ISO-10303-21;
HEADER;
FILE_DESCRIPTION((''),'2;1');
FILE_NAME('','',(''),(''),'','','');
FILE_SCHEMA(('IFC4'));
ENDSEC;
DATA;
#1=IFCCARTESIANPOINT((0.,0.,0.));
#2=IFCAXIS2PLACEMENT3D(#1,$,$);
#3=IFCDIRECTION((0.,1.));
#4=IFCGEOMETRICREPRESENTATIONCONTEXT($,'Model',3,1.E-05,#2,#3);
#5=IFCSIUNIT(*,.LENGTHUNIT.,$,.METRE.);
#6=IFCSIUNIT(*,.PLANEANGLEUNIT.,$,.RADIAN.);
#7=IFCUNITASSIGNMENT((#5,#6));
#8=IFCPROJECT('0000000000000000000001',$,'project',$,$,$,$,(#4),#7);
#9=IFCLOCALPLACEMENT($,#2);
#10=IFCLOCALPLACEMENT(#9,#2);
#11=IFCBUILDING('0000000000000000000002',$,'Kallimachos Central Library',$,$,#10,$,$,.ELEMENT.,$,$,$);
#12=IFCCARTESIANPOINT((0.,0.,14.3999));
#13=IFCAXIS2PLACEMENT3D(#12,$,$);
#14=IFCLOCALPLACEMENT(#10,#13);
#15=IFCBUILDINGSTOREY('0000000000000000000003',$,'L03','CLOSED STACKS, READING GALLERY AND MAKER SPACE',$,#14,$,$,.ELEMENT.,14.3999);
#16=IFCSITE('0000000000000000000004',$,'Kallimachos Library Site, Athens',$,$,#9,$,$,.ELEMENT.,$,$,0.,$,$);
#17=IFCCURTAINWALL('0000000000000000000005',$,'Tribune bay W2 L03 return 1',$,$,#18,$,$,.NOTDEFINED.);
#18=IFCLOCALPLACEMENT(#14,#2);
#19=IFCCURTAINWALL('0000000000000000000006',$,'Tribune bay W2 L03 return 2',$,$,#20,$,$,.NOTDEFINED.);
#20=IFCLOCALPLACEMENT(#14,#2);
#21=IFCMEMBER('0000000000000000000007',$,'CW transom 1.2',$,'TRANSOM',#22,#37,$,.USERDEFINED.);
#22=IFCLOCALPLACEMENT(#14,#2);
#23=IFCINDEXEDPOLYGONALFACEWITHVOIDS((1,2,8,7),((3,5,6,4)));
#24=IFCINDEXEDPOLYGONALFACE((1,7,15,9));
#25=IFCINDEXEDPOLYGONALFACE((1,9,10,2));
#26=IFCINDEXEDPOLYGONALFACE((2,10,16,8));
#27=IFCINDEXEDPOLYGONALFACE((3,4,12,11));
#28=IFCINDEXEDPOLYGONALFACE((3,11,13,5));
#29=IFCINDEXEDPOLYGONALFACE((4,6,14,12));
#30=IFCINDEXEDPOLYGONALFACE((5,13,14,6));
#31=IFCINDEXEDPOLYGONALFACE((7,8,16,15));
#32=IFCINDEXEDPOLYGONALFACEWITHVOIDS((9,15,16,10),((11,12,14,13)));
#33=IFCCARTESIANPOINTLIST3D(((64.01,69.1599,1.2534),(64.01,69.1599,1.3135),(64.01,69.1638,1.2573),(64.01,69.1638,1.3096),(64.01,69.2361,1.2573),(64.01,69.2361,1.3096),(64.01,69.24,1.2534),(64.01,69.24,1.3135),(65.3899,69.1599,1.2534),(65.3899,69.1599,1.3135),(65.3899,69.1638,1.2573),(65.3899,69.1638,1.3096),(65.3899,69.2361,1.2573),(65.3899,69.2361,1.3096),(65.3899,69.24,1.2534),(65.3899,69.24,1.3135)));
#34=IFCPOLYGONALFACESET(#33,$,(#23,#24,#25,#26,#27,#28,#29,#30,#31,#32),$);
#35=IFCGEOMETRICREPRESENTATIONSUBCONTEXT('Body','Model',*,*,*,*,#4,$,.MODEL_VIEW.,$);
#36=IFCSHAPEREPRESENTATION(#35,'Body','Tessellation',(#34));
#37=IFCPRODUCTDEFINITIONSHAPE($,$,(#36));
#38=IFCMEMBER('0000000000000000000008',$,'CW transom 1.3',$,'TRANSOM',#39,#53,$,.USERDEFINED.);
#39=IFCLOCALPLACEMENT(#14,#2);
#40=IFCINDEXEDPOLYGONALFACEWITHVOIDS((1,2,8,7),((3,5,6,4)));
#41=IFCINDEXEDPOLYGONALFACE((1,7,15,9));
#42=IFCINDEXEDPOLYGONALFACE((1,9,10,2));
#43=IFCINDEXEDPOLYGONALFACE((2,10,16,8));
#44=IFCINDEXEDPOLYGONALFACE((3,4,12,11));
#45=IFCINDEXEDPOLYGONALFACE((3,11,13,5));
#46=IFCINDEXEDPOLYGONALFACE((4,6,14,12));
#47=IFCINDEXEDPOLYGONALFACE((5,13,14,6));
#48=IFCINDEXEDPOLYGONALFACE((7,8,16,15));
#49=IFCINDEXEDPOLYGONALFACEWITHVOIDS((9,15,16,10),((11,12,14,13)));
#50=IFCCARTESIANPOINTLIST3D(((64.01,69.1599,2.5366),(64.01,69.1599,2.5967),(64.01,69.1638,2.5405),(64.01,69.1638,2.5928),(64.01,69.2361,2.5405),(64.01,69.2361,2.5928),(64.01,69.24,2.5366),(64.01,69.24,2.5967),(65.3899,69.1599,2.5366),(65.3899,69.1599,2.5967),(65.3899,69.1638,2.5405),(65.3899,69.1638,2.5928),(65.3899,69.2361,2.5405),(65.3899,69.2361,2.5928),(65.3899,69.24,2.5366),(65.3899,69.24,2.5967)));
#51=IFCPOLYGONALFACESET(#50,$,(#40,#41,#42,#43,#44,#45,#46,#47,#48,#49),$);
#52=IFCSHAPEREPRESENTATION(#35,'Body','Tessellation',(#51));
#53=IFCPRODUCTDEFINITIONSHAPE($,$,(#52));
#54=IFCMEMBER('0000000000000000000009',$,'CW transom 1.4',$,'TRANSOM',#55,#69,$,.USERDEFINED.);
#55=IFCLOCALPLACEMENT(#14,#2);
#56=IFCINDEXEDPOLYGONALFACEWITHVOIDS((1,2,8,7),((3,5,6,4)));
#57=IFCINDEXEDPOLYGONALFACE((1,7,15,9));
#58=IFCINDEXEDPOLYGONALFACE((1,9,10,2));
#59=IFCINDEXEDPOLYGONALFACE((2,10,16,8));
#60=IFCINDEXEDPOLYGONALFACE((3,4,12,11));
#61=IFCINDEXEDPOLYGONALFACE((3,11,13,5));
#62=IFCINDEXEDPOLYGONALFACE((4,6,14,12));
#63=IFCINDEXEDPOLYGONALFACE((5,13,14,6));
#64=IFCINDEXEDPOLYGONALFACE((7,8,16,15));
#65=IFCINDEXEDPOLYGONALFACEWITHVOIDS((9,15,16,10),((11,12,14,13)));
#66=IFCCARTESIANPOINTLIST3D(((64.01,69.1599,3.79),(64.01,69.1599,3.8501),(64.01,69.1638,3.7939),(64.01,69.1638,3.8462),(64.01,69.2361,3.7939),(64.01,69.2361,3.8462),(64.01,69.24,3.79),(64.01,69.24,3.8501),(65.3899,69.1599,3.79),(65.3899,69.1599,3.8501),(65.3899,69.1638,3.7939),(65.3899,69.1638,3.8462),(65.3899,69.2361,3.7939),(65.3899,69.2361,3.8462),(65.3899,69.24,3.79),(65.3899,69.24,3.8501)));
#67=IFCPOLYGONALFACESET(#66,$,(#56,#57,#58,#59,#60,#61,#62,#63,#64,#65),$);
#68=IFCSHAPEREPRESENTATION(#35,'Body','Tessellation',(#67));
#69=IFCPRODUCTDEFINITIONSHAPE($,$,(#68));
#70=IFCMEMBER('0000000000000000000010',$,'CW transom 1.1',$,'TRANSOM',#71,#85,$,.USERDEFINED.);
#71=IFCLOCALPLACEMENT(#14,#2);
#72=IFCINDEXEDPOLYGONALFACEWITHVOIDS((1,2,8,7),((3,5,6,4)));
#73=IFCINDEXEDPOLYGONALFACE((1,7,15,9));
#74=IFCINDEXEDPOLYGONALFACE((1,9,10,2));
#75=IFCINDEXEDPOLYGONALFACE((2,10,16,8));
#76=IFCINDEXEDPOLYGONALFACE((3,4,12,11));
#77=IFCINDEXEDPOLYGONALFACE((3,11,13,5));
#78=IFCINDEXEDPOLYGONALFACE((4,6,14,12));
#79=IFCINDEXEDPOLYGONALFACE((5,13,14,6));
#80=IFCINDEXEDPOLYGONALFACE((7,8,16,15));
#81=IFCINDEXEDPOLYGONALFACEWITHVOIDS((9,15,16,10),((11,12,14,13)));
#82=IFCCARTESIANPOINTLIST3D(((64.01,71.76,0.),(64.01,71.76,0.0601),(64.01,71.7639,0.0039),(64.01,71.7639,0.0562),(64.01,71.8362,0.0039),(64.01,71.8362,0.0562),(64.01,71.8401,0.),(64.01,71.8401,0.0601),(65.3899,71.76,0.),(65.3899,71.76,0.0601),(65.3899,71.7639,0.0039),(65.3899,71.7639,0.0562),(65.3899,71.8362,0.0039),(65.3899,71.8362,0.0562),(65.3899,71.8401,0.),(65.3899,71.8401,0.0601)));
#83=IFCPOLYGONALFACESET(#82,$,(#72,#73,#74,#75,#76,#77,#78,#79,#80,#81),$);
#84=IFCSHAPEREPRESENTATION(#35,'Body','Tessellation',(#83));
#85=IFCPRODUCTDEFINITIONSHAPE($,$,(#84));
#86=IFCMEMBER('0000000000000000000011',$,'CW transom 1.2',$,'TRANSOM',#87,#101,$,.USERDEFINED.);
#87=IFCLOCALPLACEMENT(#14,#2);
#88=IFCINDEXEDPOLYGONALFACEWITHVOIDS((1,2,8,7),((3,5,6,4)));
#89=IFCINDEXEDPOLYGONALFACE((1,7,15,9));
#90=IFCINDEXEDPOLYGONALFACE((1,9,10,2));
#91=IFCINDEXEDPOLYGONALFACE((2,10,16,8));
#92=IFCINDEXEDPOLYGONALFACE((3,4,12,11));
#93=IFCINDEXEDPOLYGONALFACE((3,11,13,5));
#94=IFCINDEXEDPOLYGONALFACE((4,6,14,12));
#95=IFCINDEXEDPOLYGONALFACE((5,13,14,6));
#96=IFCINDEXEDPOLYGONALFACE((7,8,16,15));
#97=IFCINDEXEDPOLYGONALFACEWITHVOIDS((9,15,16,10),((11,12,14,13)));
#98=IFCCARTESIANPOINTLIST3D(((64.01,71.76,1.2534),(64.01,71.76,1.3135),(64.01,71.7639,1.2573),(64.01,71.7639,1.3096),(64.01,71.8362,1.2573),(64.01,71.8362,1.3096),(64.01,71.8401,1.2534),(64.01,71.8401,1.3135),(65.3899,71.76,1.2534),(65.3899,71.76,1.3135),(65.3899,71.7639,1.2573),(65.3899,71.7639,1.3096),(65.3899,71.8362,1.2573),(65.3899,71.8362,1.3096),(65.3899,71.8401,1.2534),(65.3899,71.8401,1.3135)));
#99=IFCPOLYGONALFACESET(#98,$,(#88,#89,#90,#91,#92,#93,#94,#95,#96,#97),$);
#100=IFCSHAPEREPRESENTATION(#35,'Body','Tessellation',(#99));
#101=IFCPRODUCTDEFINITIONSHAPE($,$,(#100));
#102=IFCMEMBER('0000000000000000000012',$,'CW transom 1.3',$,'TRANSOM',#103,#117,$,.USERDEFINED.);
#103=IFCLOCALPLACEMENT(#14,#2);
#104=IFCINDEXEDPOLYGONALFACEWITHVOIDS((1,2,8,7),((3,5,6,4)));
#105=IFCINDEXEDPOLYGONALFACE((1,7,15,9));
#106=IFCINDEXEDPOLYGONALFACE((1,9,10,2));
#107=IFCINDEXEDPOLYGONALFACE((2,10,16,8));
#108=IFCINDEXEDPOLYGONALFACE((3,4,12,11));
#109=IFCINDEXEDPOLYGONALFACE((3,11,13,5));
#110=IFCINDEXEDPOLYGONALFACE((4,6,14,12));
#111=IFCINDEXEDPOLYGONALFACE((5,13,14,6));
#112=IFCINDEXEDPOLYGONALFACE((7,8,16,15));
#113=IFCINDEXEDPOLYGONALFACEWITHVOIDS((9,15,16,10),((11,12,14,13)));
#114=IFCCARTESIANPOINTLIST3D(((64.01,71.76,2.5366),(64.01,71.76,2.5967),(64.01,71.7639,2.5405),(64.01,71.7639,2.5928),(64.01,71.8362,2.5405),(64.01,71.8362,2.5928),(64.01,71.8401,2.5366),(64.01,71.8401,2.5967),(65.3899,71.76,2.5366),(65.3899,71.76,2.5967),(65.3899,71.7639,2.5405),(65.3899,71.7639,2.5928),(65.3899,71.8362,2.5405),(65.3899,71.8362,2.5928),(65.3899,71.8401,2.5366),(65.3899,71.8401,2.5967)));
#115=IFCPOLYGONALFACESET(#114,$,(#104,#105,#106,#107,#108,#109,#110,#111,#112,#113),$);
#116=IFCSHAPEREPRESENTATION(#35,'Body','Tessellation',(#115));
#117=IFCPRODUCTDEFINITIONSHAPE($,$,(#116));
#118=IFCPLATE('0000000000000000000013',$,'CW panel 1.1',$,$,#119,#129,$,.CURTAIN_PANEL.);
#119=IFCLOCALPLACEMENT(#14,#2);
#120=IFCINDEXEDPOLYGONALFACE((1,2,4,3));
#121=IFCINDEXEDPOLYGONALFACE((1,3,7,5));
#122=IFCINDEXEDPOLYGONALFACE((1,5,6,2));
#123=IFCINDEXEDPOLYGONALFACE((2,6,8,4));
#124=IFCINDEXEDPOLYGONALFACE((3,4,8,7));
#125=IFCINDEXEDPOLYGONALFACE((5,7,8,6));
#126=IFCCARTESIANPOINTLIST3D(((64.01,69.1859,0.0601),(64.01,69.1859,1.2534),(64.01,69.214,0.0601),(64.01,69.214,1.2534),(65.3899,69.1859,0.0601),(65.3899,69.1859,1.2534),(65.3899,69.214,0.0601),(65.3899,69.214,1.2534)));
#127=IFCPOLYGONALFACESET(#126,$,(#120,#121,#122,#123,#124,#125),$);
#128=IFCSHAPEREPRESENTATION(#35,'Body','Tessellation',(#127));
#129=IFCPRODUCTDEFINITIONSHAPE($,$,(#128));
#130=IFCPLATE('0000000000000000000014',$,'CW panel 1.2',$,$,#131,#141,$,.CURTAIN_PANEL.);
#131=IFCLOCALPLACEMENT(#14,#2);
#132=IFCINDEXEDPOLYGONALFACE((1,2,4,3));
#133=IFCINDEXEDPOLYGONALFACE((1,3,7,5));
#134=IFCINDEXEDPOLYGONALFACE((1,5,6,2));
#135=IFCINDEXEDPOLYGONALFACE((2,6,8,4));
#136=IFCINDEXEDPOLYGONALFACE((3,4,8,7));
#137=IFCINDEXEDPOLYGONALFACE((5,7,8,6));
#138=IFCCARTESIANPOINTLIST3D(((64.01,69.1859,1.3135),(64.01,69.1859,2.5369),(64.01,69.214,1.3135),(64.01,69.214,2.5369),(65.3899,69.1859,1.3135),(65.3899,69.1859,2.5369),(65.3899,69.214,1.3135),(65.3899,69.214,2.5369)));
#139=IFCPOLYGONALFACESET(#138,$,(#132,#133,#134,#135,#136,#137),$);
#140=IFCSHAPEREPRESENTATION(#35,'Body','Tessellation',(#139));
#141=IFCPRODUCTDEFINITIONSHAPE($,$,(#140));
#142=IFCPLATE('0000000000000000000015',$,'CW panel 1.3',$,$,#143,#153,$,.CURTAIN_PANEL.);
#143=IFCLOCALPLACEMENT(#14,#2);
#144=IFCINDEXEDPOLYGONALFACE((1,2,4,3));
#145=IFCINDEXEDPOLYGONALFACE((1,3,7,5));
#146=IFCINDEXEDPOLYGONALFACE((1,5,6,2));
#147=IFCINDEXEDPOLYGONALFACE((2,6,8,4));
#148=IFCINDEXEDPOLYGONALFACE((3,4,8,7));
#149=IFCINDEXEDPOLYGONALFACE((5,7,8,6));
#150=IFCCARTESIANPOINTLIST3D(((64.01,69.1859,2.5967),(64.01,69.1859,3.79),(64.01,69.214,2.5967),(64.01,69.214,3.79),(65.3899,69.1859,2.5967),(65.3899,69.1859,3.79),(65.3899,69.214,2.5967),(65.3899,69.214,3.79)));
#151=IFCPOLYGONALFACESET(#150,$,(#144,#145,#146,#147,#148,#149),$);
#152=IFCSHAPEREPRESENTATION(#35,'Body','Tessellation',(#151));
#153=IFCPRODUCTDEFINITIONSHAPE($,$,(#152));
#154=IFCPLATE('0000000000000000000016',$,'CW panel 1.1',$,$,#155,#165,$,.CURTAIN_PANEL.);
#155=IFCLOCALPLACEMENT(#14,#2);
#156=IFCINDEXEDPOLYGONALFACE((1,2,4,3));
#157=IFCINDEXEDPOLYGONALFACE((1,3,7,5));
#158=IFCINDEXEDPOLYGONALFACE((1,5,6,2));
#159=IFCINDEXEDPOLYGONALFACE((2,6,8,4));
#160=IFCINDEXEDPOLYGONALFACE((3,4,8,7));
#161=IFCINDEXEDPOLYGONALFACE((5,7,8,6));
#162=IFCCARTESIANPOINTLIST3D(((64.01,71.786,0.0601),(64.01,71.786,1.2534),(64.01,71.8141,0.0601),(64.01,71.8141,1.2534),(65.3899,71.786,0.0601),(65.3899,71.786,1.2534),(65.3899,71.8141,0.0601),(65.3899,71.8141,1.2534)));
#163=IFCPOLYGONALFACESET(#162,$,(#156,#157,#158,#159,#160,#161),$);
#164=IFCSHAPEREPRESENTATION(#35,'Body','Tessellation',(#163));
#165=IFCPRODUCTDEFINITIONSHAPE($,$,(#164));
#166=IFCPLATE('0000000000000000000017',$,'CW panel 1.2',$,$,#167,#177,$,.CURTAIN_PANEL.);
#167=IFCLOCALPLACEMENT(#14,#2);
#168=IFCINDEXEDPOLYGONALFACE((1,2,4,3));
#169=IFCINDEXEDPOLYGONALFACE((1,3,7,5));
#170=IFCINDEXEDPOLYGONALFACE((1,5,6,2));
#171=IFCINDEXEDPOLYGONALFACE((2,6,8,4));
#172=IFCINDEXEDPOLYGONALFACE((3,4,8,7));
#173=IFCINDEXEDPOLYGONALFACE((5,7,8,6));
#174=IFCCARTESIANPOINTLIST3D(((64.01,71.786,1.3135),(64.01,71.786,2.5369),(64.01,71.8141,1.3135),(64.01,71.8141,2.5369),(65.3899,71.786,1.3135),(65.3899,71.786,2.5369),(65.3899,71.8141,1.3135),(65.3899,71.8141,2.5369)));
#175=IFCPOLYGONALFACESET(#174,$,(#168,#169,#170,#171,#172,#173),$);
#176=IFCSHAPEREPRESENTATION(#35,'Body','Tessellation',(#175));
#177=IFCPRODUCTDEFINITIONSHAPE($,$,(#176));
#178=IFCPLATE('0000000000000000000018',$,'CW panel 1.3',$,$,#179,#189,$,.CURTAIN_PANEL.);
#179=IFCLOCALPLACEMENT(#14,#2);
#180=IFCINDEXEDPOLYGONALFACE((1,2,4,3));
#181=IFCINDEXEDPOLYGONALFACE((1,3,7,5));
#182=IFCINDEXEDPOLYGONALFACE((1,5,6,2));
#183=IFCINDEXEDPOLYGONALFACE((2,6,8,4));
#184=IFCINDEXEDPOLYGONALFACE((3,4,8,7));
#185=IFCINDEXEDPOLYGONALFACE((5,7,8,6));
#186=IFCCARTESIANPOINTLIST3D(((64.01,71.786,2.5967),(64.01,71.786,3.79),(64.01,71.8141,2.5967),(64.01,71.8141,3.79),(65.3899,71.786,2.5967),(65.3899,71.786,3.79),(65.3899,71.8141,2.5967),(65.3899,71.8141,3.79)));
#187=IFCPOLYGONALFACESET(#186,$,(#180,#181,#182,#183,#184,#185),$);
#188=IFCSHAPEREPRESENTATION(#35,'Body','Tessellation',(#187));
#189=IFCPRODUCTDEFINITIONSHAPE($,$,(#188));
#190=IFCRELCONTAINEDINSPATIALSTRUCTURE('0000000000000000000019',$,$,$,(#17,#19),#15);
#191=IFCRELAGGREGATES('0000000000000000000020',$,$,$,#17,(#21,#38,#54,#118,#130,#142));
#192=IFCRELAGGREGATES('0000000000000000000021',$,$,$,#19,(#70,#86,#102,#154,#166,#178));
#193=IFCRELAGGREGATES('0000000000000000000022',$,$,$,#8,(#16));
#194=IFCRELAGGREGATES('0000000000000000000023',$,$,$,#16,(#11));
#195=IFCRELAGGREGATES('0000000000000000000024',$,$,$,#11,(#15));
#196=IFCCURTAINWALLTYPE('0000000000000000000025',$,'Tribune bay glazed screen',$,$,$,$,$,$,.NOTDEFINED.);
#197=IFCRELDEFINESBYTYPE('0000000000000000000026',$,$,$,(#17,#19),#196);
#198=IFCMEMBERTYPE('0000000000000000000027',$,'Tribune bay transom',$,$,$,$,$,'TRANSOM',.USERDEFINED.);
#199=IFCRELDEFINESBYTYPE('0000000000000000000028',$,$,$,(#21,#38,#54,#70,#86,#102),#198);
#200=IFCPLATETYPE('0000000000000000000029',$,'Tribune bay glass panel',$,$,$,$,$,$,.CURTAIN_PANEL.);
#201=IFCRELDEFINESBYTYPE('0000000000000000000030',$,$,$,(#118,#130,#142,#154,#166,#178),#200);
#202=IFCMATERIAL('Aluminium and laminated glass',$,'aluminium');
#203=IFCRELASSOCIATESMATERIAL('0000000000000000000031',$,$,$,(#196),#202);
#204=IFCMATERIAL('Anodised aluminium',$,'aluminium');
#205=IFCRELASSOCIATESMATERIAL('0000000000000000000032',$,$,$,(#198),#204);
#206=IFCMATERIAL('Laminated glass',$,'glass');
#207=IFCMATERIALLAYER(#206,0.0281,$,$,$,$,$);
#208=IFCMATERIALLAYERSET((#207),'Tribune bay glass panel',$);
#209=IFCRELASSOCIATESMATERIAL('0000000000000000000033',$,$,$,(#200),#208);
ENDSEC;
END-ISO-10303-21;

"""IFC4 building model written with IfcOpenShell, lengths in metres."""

from ifc_helpers import new_model, si_unit, direction, frame, origin, origin_2d, place, context, subcontext, project, spatial, rectangle, hollow_rectangle, extrude, material, layer, layer_set, material_profile, profile_set, type_object, element, aggregate, save


model = new_model("IFC4")

# Units and contexts
model_context = context("Model", 3, precision=1e-05, world=origin(), true_north=direction((0.0, 1.0)))
body_context = subcontext(model_context, "Body", "Model", "MODEL_VIEW")
ifc_project = project(units=[si_unit("LENGTHUNIT", "METRE"), si_unit("PLANEANGLEUNIT", "RADIAN")], contexts=[model_context])

# Site, building, storey
site_placement = place(None, origin())
site = spatial("IfcSite", under=ifc_project, at=site_placement, Name="Kallimachos Library Site, Athens", CompositionType="ELEMENT", RefElevation=0.0)
building_placement = place(site_placement, origin())
building = spatial("IfcBuilding", under=site, at=building_placement, Name="Kallimachos Central Library", CompositionType="ELEMENT")
storey_placement = place(building_placement, frame((0.0, 0.0, 14.3999)))
storey = spatial("IfcBuildingStorey", under=building, at=storey_placement, Name="L03", Description="CLOSED STACKS, READING GALLERY AND MAKER SPACE", CompositionType="ELEMENT", Elevation=14.3999)

# Curtain walls
ifc_material_1 = material(Name="Aluminium and laminated glass", Category="aluminium")
curtain_wall_type = type_object("IfcCurtainWallType", Name="Tribune bay glazed screen", PredefinedType="NOTDEFINED", material=ifc_material_1)
curtain_wall_1_placement = place(storey_placement, origin())
curtain_wall_1 = element("IfcCurtainWall", 1, at=curtain_wall_1_placement, inside=storey, type_object=curtain_wall_type, Name="Tribune bay W2 L03 return 1", PredefinedType="NOTDEFINED")
curtain_wall_2_placement = place(storey_placement, origin())
curtain_wall_2 = element("IfcCurtainWall", 2, at=curtain_wall_2_placement, inside=storey, type_object=curtain_wall_type, Name="Tribune bay W2 L03 return 2", PredefinedType="NOTDEFINED")

# Members
ifc_material_2 = material(Name="Anodised aluminium", Category="aluminium")
ifc_material_profile_1 = material_profile(ifc_material_2, hollow_rectangle(XDim=0.0601, YDim=0.0801, WallThickness=0.0039, at=origin_2d()), Name="ALU TRANSOM 60x80")
ifc_profile_set_1 = profile_set([ifc_material_profile_1], Name="Anodised aluminium")
member_type_1 = type_object("IfcMemberType", Name="Tribune bay transom", ElementType="TRANSOM", PredefinedType="USERDEFINED", material=ifc_profile_set_1)
member_1_placement = place(storey_placement, frame((65.3899, 69.2, 1.2834), z_axis=(-1.0, 0.0, 0.0), x_axis=(0.0, 0.0, 1.0)))
member_1 = element("IfcMember", 3, at=member_1_placement, type_object=member_type_1, Name="CW transom 1.2", ObjectType="TRANSOM", PredefinedType="USERDEFINED", context=body_context, shape_type="SweptSolid", body=[
    extrude(hollow_rectangle(XDim=0.0601, YDim=0.0801, WallThickness=0.0039, at=origin_2d()), origin(), (0.0, 0.0, 1.0), 1.3799),
])
member_2_placement = place(storey_placement, frame((65.3899, 69.2, 2.5667), z_axis=(-1.0, 0.0, 0.0), x_axis=(0.0, 0.0, 1.0)))
member_2 = element("IfcMember", 4, at=member_2_placement, type_object=member_type_1, Name="CW transom 1.3", ObjectType="TRANSOM", PredefinedType="USERDEFINED", context=body_context, shape_type="SweptSolid", body=[
    extrude(hollow_rectangle(XDim=0.0601, YDim=0.0801, WallThickness=0.0039, at=origin_2d()), origin(), (0.0, 0.0, 1.0), 1.3799),
])
member_3_placement = place(storey_placement, frame((65.3899, 69.2, 3.8201), z_axis=(-1.0, 0.0, 0.0), x_axis=(0.0, 0.0, 1.0)))
member_3 = element("IfcMember", 5, at=member_3_placement, type_object=member_type_1, Name="CW transom 1.4", ObjectType="TRANSOM", PredefinedType="USERDEFINED", context=body_context, shape_type="SweptSolid", body=[
    extrude(hollow_rectangle(XDim=0.0601, YDim=0.0801, WallThickness=0.0039, at=origin_2d()), origin(), (0.0, 0.0, 1.0), 1.3799),
])
member_4_placement = place(storey_placement, frame((65.3899, 71.8, 0.03), z_axis=(-1.0, 0.0, 0.0), x_axis=(0.0, 0.0, 1.0)))
member_4 = element("IfcMember", 6, at=member_4_placement, type_object=member_type_1, Name="CW transom 1.1", ObjectType="TRANSOM", PredefinedType="USERDEFINED", context=body_context, shape_type="SweptSolid", body=[
    extrude(hollow_rectangle(XDim=0.0601, YDim=0.0801, WallThickness=0.0039, at=origin_2d()), origin(), (0.0, 0.0, 1.0), 1.3799),
])
member_5_placement = place(storey_placement, frame((65.3899, 71.8, 1.2834), z_axis=(-1.0, 0.0, 0.0), x_axis=(0.0, 0.0, 1.0)))
member_5 = element("IfcMember", 7, at=member_5_placement, type_object=member_type_1, Name="CW transom 1.2", ObjectType="TRANSOM", PredefinedType="USERDEFINED", context=body_context, shape_type="SweptSolid", body=[
    extrude(hollow_rectangle(XDim=0.0601, YDim=0.0801, WallThickness=0.0039, at=origin_2d()), origin(), (0.0, 0.0, 1.0), 1.3799),
])
member_6_placement = place(storey_placement, frame((65.3899, 71.8, 2.5667), z_axis=(-1.0, 0.0, 0.0), x_axis=(0.0, 0.0, 1.0)))
member_6 = element("IfcMember", 8, at=member_6_placement, type_object=member_type_1, Name="CW transom 1.3", ObjectType="TRANSOM", PredefinedType="USERDEFINED", context=body_context, shape_type="SweptSolid", body=[
    extrude(hollow_rectangle(XDim=0.0601, YDim=0.0801, WallThickness=0.0039, at=origin_2d()), origin(), (0.0, 0.0, 1.0), 1.3799),
])

# Plates
ifc_material_3 = material(Name="Laminated glass", Category="glass")
ifc_layer_1 = layer(ifc_material_3, 0.0281)
ifc_layer_set_1 = layer_set([ifc_layer_1], Name="Tribune bay glass panel")
plate_type = type_object("IfcPlateType", Name="Tribune bay glass panel", PredefinedType="CURTAIN_PANEL", material=ifc_layer_set_1)
plate_1_placement = place(storey_placement, frame((64.7, 69.2, 0.0601), z_axis=(0.0, 0.0, 1.0), x_axis=(-1.0, 0.0, 0.0)))
plate_1 = element("IfcPlate", 9, at=plate_1_placement, type_object=plate_type, Name="CW panel 1.1", PredefinedType="CURTAIN_PANEL", context=body_context, shape_type="SweptSolid", body=[
    extrude(rectangle(XDim=1.3799, YDim=0.0281, at=origin_2d()), origin(), (0.0, 0.0, 1.0), 1.1934),
])
plate_2_placement = place(storey_placement, frame((64.7, 69.2, 1.3135), z_axis=(0.0, 0.0, 1.0), x_axis=(-1.0, 0.0, 0.0)))
plate_2 = element("IfcPlate", 10, at=plate_2_placement, type_object=plate_type, Name="CW panel 1.2", PredefinedType="CURTAIN_PANEL", context=body_context, shape_type="SweptSolid", body=[
    extrude(rectangle(XDim=1.3799, YDim=0.0281, at=origin_2d()), origin(), (0.0, 0.0, 1.0), 1.2234),
])
plate_3_placement = place(storey_placement, frame((64.7, 69.2, 2.5967), z_axis=(0.0, 0.0, 1.0), x_axis=(-1.0, 0.0, 0.0)))
plate_3 = element("IfcPlate", 11, at=plate_3_placement, type_object=plate_type, Name="CW panel 1.3", PredefinedType="CURTAIN_PANEL", context=body_context, shape_type="SweptSolid", body=[
    extrude(rectangle(XDim=1.3799, YDim=0.0281, at=origin_2d()), origin(), (0.0, 0.0, 1.0), 1.1934),
])
aggregate(curtain_wall_1, [member_1, member_2, member_3, plate_1, plate_2, plate_3])
plate_4_placement = place(storey_placement, frame((64.7, 71.8, 0.0601), z_axis=(0.0, 0.0, 1.0), x_axis=(-1.0, 0.0, 0.0)))
plate_4 = element("IfcPlate", 12, at=plate_4_placement, type_object=plate_type, Name="CW panel 1.1", PredefinedType="CURTAIN_PANEL", context=body_context, shape_type="SweptSolid", body=[
    extrude(rectangle(XDim=1.3799, YDim=0.0281, at=origin_2d()), origin(), (0.0, 0.0, 1.0), 1.1934),
])
plate_5_placement = place(storey_placement, frame((64.7, 71.8, 1.3135), z_axis=(0.0, 0.0, 1.0), x_axis=(-1.0, 0.0, 0.0)))
plate_5 = element("IfcPlate", 13, at=plate_5_placement, type_object=plate_type, Name="CW panel 1.2", PredefinedType="CURTAIN_PANEL", context=body_context, shape_type="SweptSolid", body=[
    extrude(rectangle(XDim=1.3799, YDim=0.0281, at=origin_2d()), origin(), (0.0, 0.0, 1.0), 1.2234),
])
plate_6_placement = place(storey_placement, frame((64.7, 71.8, 2.5967), z_axis=(0.0, 0.0, 1.0), x_axis=(-1.0, 0.0, 0.0)))
plate_6 = element("IfcPlate", 14, at=plate_6_placement, type_object=plate_type, Name="CW panel 1.3", PredefinedType="CURTAIN_PANEL", context=body_context, shape_type="SweptSolid", body=[
    extrude(rectangle(XDim=1.3799, YDim=0.0281, at=origin_2d()), origin(), (0.0, 0.0, 1.0), 1.1934),
])
aggregate(curtain_wall_2, [member_4, member_5, member_6, plate_4, plate_5, plate_6])

save(model, "model.ifc")
